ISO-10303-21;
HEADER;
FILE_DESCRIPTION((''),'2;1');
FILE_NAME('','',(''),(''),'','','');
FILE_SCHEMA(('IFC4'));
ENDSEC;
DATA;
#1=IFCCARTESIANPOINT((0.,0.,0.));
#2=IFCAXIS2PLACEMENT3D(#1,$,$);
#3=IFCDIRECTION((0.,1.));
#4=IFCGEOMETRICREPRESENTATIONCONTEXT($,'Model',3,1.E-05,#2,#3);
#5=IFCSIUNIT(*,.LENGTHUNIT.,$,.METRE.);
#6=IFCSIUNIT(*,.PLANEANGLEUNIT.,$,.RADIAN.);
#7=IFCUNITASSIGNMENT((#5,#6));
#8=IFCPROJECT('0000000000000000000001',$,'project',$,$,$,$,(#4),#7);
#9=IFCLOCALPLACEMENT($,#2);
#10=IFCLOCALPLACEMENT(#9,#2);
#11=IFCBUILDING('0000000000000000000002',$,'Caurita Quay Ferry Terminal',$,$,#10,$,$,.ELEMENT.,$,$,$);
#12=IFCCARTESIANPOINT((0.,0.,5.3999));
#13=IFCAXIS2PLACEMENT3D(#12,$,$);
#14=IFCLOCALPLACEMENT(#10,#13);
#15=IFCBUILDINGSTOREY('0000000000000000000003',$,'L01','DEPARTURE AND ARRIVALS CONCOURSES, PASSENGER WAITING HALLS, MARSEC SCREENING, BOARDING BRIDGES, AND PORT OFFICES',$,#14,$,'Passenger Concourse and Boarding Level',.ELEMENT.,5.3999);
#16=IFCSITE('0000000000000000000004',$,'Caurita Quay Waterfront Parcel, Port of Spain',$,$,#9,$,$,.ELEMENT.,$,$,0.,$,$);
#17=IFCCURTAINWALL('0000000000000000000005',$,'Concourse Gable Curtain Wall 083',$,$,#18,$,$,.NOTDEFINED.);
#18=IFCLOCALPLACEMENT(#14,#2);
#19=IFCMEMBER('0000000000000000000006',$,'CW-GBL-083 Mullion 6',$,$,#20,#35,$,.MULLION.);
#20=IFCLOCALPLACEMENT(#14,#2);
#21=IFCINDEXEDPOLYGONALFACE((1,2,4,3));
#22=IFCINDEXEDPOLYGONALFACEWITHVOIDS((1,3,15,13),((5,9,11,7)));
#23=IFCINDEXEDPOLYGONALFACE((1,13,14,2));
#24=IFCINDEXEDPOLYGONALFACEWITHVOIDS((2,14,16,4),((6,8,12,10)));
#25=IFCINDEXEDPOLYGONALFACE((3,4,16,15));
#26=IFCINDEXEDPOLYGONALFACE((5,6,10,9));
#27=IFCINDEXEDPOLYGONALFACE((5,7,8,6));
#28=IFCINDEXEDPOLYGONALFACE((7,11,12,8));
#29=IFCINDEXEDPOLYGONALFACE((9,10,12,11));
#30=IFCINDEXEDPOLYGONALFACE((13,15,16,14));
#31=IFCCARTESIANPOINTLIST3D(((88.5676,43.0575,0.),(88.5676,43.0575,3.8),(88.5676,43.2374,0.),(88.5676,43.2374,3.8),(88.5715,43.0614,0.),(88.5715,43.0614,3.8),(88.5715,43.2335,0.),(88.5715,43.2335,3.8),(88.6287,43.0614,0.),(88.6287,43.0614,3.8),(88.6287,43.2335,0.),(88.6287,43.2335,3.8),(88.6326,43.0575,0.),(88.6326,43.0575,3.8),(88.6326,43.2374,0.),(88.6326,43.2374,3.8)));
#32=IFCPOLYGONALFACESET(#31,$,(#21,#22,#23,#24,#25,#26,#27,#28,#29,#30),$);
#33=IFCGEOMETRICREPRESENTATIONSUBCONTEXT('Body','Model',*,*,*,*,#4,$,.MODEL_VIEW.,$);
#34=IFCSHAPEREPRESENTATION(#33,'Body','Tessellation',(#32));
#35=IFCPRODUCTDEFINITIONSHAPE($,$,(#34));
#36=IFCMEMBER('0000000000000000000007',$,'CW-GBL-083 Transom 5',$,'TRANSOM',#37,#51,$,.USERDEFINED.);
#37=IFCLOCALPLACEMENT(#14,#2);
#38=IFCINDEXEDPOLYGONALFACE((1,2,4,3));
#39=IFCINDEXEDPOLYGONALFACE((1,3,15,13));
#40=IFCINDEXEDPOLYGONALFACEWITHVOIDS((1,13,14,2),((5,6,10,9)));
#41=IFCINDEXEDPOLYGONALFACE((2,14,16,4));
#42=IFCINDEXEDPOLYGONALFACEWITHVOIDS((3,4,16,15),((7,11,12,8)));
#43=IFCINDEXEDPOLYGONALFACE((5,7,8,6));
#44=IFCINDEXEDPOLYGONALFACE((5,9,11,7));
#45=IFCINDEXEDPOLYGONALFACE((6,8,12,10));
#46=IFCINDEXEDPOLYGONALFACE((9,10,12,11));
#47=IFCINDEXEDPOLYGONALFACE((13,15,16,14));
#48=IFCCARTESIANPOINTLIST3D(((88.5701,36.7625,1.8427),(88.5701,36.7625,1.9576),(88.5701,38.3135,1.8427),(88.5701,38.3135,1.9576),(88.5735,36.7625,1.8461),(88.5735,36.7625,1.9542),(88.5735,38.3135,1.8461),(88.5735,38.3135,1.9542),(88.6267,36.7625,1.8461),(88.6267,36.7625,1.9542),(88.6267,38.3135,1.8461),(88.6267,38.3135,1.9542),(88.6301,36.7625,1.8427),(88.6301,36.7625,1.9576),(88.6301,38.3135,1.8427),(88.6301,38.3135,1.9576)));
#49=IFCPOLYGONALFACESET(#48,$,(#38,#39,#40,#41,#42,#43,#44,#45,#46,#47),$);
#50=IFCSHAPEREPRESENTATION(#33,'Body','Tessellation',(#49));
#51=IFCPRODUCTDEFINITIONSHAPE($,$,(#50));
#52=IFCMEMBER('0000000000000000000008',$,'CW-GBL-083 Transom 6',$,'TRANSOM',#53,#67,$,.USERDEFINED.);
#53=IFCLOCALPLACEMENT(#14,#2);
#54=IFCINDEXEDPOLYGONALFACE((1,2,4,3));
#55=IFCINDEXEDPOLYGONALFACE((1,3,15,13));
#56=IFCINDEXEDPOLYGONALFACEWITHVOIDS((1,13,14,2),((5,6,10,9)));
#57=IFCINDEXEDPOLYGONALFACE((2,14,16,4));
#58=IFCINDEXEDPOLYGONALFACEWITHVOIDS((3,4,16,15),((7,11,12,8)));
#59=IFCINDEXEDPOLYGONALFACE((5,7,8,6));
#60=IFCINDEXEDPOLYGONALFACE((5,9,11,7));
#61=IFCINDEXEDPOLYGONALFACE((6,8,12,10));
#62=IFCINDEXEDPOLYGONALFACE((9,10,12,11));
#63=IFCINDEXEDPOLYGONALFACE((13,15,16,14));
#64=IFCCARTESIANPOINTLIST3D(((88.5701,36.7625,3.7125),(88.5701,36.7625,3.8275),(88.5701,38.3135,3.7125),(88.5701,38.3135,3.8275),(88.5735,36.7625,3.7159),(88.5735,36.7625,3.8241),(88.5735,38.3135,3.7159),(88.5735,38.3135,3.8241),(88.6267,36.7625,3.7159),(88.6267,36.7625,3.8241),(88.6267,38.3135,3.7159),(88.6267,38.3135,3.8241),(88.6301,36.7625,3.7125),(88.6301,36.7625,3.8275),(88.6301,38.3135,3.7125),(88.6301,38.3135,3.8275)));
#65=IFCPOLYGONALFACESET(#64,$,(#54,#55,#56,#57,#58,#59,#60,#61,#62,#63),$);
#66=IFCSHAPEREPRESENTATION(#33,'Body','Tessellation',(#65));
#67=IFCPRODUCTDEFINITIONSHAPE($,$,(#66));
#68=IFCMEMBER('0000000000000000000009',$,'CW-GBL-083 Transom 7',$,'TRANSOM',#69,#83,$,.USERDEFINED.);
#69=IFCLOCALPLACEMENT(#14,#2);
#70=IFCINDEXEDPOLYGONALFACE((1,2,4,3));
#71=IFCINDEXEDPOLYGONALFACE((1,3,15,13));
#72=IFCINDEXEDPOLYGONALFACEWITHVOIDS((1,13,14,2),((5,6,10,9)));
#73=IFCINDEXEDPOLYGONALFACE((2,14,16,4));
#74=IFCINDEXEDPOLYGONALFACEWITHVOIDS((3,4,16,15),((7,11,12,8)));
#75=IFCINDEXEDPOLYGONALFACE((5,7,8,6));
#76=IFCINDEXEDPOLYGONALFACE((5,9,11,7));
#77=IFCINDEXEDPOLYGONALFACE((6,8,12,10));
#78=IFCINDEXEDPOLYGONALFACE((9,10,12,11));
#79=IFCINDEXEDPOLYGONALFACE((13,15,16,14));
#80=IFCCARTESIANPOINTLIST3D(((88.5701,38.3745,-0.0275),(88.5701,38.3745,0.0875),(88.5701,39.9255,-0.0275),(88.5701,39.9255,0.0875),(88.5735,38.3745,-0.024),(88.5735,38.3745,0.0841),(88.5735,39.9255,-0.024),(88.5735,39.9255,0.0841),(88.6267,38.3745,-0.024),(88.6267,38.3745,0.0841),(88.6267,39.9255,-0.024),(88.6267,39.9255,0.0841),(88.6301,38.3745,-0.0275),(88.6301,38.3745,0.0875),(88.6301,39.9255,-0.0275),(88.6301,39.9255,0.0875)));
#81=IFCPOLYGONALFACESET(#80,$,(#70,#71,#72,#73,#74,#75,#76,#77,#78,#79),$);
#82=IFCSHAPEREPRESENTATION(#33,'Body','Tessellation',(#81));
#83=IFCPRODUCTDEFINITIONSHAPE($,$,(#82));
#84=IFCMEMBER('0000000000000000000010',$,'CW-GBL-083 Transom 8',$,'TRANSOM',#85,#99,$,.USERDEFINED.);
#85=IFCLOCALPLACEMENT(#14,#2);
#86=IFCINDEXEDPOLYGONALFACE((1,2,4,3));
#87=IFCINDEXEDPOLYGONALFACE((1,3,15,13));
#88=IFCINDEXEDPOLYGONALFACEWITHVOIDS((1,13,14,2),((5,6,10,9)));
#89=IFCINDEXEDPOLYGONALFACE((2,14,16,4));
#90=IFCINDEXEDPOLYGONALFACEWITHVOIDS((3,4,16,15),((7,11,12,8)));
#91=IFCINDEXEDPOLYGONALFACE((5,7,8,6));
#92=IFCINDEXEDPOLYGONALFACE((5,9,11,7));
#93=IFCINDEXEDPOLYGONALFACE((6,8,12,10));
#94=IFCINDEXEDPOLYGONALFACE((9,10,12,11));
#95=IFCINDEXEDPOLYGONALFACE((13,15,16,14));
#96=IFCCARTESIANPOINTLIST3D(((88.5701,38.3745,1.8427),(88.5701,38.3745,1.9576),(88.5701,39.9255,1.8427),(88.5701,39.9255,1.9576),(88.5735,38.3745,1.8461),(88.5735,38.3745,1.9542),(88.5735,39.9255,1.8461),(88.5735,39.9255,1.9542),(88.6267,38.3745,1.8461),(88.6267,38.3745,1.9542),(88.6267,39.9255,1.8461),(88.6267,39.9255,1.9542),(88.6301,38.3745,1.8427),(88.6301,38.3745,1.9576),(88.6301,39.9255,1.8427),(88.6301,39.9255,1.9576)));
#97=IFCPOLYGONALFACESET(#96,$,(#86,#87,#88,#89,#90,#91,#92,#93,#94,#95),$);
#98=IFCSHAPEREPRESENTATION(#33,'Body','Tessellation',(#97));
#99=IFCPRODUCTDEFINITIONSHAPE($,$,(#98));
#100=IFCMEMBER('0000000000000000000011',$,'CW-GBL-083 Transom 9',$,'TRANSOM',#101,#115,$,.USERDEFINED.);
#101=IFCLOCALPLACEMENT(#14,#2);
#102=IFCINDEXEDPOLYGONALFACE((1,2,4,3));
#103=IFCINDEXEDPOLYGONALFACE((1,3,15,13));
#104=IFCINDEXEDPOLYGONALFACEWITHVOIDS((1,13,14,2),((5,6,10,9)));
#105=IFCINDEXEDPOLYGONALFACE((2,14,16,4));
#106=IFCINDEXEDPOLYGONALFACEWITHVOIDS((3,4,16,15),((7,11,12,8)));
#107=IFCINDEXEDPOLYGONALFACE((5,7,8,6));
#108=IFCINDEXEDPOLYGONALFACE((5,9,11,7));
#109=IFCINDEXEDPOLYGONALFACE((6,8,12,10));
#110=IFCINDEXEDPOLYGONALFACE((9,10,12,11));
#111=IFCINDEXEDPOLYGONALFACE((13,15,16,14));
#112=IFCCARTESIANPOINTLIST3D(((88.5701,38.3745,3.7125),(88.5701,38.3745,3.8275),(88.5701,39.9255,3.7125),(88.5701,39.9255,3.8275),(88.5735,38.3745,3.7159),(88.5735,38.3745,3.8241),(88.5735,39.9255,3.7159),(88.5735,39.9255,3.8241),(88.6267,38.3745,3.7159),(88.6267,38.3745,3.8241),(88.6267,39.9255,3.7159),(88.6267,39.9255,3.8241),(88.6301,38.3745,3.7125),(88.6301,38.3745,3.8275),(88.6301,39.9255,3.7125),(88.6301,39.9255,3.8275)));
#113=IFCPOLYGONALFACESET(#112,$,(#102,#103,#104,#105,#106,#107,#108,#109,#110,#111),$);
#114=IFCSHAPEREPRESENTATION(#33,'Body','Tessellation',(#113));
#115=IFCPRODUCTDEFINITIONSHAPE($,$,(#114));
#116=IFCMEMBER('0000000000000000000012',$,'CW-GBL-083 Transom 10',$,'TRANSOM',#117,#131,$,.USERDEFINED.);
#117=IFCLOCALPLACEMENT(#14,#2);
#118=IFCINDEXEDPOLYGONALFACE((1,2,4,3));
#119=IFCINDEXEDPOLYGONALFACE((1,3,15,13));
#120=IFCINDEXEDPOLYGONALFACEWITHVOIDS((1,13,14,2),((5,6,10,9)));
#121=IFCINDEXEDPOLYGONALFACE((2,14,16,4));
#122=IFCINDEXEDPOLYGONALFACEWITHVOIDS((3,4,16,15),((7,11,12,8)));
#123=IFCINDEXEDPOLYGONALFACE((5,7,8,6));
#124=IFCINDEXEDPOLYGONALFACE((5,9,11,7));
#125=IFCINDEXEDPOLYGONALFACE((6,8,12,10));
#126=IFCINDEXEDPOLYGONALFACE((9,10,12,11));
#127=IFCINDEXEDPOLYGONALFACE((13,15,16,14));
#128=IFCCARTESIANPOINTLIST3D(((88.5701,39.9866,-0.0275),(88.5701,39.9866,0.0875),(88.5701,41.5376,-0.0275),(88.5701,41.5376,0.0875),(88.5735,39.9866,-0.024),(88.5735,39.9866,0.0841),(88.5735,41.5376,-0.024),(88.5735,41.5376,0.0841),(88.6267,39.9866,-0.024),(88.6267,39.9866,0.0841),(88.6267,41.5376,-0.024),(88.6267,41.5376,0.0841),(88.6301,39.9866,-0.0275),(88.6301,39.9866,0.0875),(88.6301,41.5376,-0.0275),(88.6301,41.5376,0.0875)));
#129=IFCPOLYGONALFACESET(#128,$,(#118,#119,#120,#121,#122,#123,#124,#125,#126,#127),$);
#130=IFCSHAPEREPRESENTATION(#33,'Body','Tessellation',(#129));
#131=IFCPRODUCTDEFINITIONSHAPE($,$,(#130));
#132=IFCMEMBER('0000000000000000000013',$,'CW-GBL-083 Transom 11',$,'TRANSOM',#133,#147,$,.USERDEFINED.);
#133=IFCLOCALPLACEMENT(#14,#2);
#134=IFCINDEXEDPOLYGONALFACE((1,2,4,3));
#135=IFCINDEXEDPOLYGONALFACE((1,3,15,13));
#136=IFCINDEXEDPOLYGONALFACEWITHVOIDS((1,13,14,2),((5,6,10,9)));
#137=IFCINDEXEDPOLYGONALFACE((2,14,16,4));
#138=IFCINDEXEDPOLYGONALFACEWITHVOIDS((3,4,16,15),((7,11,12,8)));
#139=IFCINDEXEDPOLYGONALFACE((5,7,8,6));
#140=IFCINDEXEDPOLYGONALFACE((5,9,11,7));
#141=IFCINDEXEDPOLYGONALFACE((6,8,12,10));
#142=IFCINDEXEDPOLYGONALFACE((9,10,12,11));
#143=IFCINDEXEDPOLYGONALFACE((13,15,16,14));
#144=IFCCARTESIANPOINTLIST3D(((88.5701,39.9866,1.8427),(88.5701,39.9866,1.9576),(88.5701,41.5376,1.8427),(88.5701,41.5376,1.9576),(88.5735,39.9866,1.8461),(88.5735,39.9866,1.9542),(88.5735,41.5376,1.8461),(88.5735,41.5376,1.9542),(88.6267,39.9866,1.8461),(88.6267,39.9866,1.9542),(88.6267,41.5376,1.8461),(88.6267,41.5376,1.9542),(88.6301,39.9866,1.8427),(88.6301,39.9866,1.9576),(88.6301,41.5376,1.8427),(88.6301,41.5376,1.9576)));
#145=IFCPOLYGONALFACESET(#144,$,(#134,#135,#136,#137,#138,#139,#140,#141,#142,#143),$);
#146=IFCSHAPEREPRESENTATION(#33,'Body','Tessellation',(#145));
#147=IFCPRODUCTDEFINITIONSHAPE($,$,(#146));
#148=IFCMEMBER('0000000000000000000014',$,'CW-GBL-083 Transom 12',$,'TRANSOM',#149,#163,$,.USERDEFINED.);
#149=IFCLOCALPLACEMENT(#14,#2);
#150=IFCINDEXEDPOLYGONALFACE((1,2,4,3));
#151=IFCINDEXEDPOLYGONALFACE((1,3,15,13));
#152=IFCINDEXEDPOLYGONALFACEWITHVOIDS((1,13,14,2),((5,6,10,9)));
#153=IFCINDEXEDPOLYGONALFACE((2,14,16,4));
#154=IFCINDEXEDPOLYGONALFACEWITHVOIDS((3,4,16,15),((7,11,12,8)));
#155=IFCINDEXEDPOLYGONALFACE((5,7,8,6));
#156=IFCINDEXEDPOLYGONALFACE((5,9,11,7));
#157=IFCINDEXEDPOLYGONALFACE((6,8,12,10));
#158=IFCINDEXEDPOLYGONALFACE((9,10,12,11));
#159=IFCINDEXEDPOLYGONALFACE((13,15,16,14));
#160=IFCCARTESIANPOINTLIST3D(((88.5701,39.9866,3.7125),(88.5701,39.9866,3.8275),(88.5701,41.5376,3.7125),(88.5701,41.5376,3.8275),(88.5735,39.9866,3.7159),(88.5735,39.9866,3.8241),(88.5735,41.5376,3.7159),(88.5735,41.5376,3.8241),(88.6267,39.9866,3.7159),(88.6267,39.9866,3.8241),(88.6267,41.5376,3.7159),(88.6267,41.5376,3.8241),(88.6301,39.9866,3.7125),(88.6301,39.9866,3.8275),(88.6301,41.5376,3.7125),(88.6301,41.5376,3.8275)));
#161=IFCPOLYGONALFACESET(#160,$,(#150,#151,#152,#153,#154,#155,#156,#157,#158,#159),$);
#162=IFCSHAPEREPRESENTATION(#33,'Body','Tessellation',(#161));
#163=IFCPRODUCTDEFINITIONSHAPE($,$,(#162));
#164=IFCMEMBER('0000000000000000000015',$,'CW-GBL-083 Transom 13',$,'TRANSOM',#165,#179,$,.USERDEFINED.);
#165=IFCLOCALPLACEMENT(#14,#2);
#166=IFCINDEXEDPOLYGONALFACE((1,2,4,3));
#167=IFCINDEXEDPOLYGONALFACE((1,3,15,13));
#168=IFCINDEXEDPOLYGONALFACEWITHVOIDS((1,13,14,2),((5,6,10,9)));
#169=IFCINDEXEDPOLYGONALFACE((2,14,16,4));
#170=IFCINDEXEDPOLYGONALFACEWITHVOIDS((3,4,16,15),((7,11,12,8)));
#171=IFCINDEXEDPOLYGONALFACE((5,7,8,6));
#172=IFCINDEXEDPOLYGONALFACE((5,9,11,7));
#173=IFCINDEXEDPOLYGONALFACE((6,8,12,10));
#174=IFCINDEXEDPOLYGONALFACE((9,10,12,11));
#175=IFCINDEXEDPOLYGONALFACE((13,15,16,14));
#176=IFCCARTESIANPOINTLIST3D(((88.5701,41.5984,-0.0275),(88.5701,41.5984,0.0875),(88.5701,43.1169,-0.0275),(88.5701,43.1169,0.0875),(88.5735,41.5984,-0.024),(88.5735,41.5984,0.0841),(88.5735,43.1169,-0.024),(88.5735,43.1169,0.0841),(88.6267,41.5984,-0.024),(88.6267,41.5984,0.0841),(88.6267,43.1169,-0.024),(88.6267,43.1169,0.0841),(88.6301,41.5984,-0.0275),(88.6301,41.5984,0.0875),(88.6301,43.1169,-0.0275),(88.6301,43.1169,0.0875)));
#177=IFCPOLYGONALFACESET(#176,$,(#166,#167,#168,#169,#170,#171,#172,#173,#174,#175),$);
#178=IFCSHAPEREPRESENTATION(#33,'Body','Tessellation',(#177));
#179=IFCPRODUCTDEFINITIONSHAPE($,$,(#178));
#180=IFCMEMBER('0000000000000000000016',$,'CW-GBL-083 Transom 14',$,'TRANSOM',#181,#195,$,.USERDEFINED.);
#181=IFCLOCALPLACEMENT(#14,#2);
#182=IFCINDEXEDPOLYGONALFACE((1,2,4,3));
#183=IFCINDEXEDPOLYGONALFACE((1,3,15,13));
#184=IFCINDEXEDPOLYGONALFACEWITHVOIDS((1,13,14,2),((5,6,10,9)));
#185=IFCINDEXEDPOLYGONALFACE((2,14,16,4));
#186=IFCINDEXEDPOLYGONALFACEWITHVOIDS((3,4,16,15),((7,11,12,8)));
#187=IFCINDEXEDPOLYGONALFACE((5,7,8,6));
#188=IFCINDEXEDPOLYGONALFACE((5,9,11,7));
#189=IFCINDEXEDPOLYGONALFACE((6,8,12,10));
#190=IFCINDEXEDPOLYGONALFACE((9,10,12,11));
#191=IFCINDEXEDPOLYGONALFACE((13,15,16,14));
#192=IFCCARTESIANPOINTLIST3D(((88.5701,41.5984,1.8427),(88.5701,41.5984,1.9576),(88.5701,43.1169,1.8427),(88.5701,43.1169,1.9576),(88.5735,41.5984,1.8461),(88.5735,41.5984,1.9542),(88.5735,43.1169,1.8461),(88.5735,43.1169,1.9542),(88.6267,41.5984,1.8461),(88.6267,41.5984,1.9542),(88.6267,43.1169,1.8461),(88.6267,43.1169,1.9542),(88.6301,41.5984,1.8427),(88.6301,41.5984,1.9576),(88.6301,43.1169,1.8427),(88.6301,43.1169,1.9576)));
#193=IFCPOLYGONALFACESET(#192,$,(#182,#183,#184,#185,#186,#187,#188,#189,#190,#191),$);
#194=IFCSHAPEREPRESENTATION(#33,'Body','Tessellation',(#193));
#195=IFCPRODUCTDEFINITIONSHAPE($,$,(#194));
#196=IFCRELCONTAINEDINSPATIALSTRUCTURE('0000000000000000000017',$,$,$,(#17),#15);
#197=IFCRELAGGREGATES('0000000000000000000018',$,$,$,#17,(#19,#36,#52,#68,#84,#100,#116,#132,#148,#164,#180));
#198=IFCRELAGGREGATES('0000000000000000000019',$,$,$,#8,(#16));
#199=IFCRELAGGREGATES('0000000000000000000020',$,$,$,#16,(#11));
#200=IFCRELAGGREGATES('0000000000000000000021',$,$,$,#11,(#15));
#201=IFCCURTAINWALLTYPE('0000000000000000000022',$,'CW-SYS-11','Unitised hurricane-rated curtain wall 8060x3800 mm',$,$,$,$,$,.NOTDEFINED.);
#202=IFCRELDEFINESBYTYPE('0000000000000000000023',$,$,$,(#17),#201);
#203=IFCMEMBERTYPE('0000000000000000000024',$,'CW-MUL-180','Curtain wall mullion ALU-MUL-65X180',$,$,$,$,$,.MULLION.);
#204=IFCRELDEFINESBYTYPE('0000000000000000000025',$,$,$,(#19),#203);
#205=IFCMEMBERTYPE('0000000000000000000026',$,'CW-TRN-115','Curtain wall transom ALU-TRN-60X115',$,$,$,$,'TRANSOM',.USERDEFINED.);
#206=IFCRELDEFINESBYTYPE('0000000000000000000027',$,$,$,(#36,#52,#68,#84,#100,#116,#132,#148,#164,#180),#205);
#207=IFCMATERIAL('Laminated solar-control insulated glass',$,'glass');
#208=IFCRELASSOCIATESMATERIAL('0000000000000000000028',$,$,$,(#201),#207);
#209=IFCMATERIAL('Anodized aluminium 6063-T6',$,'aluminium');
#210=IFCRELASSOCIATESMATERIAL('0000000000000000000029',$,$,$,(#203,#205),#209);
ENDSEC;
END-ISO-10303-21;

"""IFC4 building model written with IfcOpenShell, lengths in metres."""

from ifc_helpers import new_model, si_unit, direction, frame, origin, origin_2d, place, context, subcontext, project, spatial, hollow_rectangle, extrude, material, material_profile, profile_set, type_object, element, aggregate, save


model = new_model("IFC4")

# Units and contexts
model_context = context("Model", 3, precision=1e-05, world=origin(), true_north=direction((0.0, 1.0)))
body_context = subcontext(model_context, "Body", "Model", "MODEL_VIEW")
ifc_project = project(units=[si_unit("LENGTHUNIT", "METRE"), si_unit("PLANEANGLEUNIT", "RADIAN")], contexts=[model_context])

# Site, building, storey
site_placement = place(None, origin())
site = spatial("IfcSite", under=ifc_project, at=site_placement, Name="Caurita Quay Waterfront Parcel, Port of Spain", CompositionType="ELEMENT", RefElevation=0.0)
building_placement = place(site_placement, origin())
building = spatial("IfcBuilding", under=site, at=building_placement, Name="Caurita Quay Ferry Terminal", CompositionType="ELEMENT")
storey_placement = place(building_placement, frame((0.0, 0.0, 5.3999)))
storey = spatial("IfcBuildingStorey", under=building, at=storey_placement, Name="L01", Description="DEPARTURE AND ARRIVALS CONCOURSES, PASSENGER WAITING HALLS, MARSEC SCREENING, BOARDING BRIDGES, AND PORT OFFICES", LongName="Passenger Concourse and Boarding Level", CompositionType="ELEMENT", Elevation=5.3999)

# Curtain wall, members
ifc_material_1 = material(Name="Laminated solar-control insulated glass", Category="glass")
curtain_wall_type = type_object("IfcCurtainWallType", Name="CW-SYS-11", Description="Unitised hurricane-rated curtain wall 8060x3800 mm", PredefinedType="NOTDEFINED", material=ifc_material_1)
curtain_wall_placement = place(storey_placement, origin())
curtain_wall = element("IfcCurtainWall", 1, at=curtain_wall_placement, inside=storey, type_object=curtain_wall_type, Name="Concourse Gable Curtain Wall 083", PredefinedType="NOTDEFINED")
ifc_material_2 = material(Name="Anodized aluminium 6063-T6", Category="aluminium")
ifc_material_profile_1 = material_profile(ifc_material_2, hollow_rectangle(XDim=0.0649, YDim=0.1799, WallThickness=0.0039, at=origin_2d()), Name="ALU-MUL-65X180")
ifc_profile_set_1 = profile_set([ifc_material_profile_1], Name="Anodized aluminium 6063-T6")
member_type_1 = type_object("IfcMemberType", Name="CW-MUL-180", Description="Curtain wall mullion ALU-MUL-65X180", PredefinedType="MULLION", material=ifc_profile_set_1)
member_1_placement = place(storey_placement, frame((88.6001, 43.1475, 0.0), z_axis=(0.0, 0.0, 1.0), x_axis=(-1.0, 0.0, 0.0)))
member_1 = element("IfcMember", 2, at=member_1_placement, type_object=member_type_1, Name="CW-GBL-083 Mullion 6", PredefinedType="MULLION", context=body_context, shape_type="SweptSolid", body=[
    extrude(hollow_rectangle(XDim=0.0649, YDim=0.1799, WallThickness=0.0039, at=origin_2d()), origin(), (0.0, 0.0, 1.0), 3.8),
])
ifc_material_profile_2 = material_profile(ifc_material_2, hollow_rectangle(XDim=0.0601, YDim=0.115, WallThickness=0.0034, at=origin_2d()), Name="ALU-TRN-60X115")
ifc_profile_set_2 = profile_set([ifc_material_profile_2], Name="Anodized aluminium 6063-T6")
member_type_2 = type_object("IfcMemberType", Name="CW-TRN-115", Description="Curtain wall transom ALU-TRN-60X115", ElementType="TRANSOM", PredefinedType="USERDEFINED", material=ifc_profile_set_2)
member_2_placement = place(storey_placement, frame((88.6001, 36.7625, 1.9001), z_axis=(0.0, 1.0, 0.0), x_axis=(-1.0, 0.0, 0.0)))
member_2 = element("IfcMember", 3, at=member_2_placement, type_object=member_type_2, Name="CW-GBL-083 Transom 5", ObjectType="TRANSOM", PredefinedType="USERDEFINED", context=body_context, shape_type="SweptSolid", body=[
    extrude(hollow_rectangle(XDim=0.0601, YDim=0.115, WallThickness=0.0034, at=origin_2d()), origin(), (0.0, 0.0, 1.0), 1.551),
])
member_3_placement = place(storey_placement, frame((88.6001, 36.7625, 3.77), z_axis=(0.0, 1.0, 0.0), x_axis=(-1.0, 0.0, 0.0)))
member_3 = element("IfcMember", 4, at=member_3_placement, type_object=member_type_2, Name="CW-GBL-083 Transom 6", ObjectType="TRANSOM", PredefinedType="USERDEFINED", context=body_context, shape_type="SweptSolid", body=[
    extrude(hollow_rectangle(XDim=0.0601, YDim=0.115, WallThickness=0.0034, at=origin_2d()), origin(), (0.0, 0.0, 1.0), 1.551),
])
member_4_placement = place(storey_placement, frame((88.6001, 38.3745, 0.03), z_axis=(0.0, 1.0, 0.0), x_axis=(-1.0, 0.0, 0.0)))
member_4 = element("IfcMember", 5, at=member_4_placement, type_object=member_type_2, Name="CW-GBL-083 Transom 7", ObjectType="TRANSOM", PredefinedType="USERDEFINED", context=body_context, shape_type="SweptSolid", body=[
    extrude(hollow_rectangle(XDim=0.0601, YDim=0.115, WallThickness=0.0034, at=origin_2d()), origin(), (0.0, 0.0, 1.0), 1.551),
])
member_5_placement = place(storey_placement, frame((88.6001, 38.3745, 1.9001), z_axis=(0.0, 1.0, 0.0), x_axis=(-1.0, 0.0, 0.0)))
member_5 = element("IfcMember", 6, at=member_5_placement, type_object=member_type_2, Name="CW-GBL-083 Transom 8", ObjectType="TRANSOM", PredefinedType="USERDEFINED", context=body_context, shape_type="SweptSolid", body=[
    extrude(hollow_rectangle(XDim=0.0601, YDim=0.115, WallThickness=0.0034, at=origin_2d()), origin(), (0.0, 0.0, 1.0), 1.551),
])
member_6_placement = place(storey_placement, frame((88.6001, 38.3745, 3.77), z_axis=(0.0, 1.0, 0.0), x_axis=(-1.0, 0.0, 0.0)))
member_6 = element("IfcMember", 7, at=member_6_placement, type_object=member_type_2, Name="CW-GBL-083 Transom 9", ObjectType="TRANSOM", PredefinedType="USERDEFINED", context=body_context, shape_type="SweptSolid", body=[
    extrude(hollow_rectangle(XDim=0.0601, YDim=0.115, WallThickness=0.0034, at=origin_2d()), origin(), (0.0, 0.0, 1.0), 1.551),
])
member_7_placement = place(storey_placement, frame((88.6001, 39.9866, 0.03), z_axis=(0.0, 1.0, 0.0), x_axis=(-1.0, 0.0, 0.0)))
member_7 = element("IfcMember", 8, at=member_7_placement, type_object=member_type_2, Name="CW-GBL-083 Transom 10", ObjectType="TRANSOM", PredefinedType="USERDEFINED", context=body_context, shape_type="SweptSolid", body=[
    extrude(hollow_rectangle(XDim=0.0601, YDim=0.115, WallThickness=0.0034, at=origin_2d()), origin(), (0.0, 0.0, 1.0), 1.551),
])
member_8_placement = place(storey_placement, frame((88.6001, 39.9866, 1.9001), z_axis=(0.0, 1.0, 0.0), x_axis=(-1.0, 0.0, 0.0)))
member_8 = element("IfcMember", 9, at=member_8_placement, type_object=member_type_2, Name="CW-GBL-083 Transom 11", ObjectType="TRANSOM", PredefinedType="USERDEFINED", context=body_context, shape_type="SweptSolid", body=[
    extrude(hollow_rectangle(XDim=0.0601, YDim=0.115, WallThickness=0.0034, at=origin_2d()), origin(), (0.0, 0.0, 1.0), 1.551),
])
member_9_placement = place(storey_placement, frame((88.6001, 39.9866, 3.77), z_axis=(0.0, 1.0, 0.0), x_axis=(-1.0, 0.0, 0.0)))
member_9 = element("IfcMember", 10, at=member_9_placement, type_object=member_type_2, Name="CW-GBL-083 Transom 12", ObjectType="TRANSOM", PredefinedType="USERDEFINED", context=body_context, shape_type="SweptSolid", body=[
    extrude(hollow_rectangle(XDim=0.0601, YDim=0.115, WallThickness=0.0034, at=origin_2d()), origin(), (0.0, 0.0, 1.0), 1.551),
])
member_10_placement = place(storey_placement, frame((88.6001, 41.5984, 0.03), z_axis=(0.0, 1.0, 0.0), x_axis=(-1.0, 0.0, 0.0)))
member_10 = element("IfcMember", 11, at=member_10_placement, type_object=member_type_2, Name="CW-GBL-083 Transom 13", ObjectType="TRANSOM", PredefinedType="USERDEFINED", context=body_context, shape_type="SweptSolid", body=[
    extrude(hollow_rectangle(XDim=0.0601, YDim=0.115, WallThickness=0.0034, at=origin_2d()), origin(), (0.0, 0.0, 1.0), 1.5186),
])
member_11_placement = place(storey_placement, frame((88.6001, 41.5984, 1.9001), z_axis=(0.0, 1.0, 0.0), x_axis=(-1.0, 0.0, 0.0)))
member_11 = element("IfcMember", 12, at=member_11_placement, type_object=member_type_2, Name="CW-GBL-083 Transom 14", ObjectType="TRANSOM", PredefinedType="USERDEFINED", context=body_context, shape_type="SweptSolid", body=[
    extrude(hollow_rectangle(XDim=0.0601, YDim=0.115, WallThickness=0.0034, at=origin_2d()), origin(), (0.0, 0.0, 1.0), 1.5186),
])
aggregate(curtain_wall, [member_1, member_2, member_3, member_4, member_5, member_6, member_7, member_8, member_9, member_10, member_11])

save(model, "model.ifc")
